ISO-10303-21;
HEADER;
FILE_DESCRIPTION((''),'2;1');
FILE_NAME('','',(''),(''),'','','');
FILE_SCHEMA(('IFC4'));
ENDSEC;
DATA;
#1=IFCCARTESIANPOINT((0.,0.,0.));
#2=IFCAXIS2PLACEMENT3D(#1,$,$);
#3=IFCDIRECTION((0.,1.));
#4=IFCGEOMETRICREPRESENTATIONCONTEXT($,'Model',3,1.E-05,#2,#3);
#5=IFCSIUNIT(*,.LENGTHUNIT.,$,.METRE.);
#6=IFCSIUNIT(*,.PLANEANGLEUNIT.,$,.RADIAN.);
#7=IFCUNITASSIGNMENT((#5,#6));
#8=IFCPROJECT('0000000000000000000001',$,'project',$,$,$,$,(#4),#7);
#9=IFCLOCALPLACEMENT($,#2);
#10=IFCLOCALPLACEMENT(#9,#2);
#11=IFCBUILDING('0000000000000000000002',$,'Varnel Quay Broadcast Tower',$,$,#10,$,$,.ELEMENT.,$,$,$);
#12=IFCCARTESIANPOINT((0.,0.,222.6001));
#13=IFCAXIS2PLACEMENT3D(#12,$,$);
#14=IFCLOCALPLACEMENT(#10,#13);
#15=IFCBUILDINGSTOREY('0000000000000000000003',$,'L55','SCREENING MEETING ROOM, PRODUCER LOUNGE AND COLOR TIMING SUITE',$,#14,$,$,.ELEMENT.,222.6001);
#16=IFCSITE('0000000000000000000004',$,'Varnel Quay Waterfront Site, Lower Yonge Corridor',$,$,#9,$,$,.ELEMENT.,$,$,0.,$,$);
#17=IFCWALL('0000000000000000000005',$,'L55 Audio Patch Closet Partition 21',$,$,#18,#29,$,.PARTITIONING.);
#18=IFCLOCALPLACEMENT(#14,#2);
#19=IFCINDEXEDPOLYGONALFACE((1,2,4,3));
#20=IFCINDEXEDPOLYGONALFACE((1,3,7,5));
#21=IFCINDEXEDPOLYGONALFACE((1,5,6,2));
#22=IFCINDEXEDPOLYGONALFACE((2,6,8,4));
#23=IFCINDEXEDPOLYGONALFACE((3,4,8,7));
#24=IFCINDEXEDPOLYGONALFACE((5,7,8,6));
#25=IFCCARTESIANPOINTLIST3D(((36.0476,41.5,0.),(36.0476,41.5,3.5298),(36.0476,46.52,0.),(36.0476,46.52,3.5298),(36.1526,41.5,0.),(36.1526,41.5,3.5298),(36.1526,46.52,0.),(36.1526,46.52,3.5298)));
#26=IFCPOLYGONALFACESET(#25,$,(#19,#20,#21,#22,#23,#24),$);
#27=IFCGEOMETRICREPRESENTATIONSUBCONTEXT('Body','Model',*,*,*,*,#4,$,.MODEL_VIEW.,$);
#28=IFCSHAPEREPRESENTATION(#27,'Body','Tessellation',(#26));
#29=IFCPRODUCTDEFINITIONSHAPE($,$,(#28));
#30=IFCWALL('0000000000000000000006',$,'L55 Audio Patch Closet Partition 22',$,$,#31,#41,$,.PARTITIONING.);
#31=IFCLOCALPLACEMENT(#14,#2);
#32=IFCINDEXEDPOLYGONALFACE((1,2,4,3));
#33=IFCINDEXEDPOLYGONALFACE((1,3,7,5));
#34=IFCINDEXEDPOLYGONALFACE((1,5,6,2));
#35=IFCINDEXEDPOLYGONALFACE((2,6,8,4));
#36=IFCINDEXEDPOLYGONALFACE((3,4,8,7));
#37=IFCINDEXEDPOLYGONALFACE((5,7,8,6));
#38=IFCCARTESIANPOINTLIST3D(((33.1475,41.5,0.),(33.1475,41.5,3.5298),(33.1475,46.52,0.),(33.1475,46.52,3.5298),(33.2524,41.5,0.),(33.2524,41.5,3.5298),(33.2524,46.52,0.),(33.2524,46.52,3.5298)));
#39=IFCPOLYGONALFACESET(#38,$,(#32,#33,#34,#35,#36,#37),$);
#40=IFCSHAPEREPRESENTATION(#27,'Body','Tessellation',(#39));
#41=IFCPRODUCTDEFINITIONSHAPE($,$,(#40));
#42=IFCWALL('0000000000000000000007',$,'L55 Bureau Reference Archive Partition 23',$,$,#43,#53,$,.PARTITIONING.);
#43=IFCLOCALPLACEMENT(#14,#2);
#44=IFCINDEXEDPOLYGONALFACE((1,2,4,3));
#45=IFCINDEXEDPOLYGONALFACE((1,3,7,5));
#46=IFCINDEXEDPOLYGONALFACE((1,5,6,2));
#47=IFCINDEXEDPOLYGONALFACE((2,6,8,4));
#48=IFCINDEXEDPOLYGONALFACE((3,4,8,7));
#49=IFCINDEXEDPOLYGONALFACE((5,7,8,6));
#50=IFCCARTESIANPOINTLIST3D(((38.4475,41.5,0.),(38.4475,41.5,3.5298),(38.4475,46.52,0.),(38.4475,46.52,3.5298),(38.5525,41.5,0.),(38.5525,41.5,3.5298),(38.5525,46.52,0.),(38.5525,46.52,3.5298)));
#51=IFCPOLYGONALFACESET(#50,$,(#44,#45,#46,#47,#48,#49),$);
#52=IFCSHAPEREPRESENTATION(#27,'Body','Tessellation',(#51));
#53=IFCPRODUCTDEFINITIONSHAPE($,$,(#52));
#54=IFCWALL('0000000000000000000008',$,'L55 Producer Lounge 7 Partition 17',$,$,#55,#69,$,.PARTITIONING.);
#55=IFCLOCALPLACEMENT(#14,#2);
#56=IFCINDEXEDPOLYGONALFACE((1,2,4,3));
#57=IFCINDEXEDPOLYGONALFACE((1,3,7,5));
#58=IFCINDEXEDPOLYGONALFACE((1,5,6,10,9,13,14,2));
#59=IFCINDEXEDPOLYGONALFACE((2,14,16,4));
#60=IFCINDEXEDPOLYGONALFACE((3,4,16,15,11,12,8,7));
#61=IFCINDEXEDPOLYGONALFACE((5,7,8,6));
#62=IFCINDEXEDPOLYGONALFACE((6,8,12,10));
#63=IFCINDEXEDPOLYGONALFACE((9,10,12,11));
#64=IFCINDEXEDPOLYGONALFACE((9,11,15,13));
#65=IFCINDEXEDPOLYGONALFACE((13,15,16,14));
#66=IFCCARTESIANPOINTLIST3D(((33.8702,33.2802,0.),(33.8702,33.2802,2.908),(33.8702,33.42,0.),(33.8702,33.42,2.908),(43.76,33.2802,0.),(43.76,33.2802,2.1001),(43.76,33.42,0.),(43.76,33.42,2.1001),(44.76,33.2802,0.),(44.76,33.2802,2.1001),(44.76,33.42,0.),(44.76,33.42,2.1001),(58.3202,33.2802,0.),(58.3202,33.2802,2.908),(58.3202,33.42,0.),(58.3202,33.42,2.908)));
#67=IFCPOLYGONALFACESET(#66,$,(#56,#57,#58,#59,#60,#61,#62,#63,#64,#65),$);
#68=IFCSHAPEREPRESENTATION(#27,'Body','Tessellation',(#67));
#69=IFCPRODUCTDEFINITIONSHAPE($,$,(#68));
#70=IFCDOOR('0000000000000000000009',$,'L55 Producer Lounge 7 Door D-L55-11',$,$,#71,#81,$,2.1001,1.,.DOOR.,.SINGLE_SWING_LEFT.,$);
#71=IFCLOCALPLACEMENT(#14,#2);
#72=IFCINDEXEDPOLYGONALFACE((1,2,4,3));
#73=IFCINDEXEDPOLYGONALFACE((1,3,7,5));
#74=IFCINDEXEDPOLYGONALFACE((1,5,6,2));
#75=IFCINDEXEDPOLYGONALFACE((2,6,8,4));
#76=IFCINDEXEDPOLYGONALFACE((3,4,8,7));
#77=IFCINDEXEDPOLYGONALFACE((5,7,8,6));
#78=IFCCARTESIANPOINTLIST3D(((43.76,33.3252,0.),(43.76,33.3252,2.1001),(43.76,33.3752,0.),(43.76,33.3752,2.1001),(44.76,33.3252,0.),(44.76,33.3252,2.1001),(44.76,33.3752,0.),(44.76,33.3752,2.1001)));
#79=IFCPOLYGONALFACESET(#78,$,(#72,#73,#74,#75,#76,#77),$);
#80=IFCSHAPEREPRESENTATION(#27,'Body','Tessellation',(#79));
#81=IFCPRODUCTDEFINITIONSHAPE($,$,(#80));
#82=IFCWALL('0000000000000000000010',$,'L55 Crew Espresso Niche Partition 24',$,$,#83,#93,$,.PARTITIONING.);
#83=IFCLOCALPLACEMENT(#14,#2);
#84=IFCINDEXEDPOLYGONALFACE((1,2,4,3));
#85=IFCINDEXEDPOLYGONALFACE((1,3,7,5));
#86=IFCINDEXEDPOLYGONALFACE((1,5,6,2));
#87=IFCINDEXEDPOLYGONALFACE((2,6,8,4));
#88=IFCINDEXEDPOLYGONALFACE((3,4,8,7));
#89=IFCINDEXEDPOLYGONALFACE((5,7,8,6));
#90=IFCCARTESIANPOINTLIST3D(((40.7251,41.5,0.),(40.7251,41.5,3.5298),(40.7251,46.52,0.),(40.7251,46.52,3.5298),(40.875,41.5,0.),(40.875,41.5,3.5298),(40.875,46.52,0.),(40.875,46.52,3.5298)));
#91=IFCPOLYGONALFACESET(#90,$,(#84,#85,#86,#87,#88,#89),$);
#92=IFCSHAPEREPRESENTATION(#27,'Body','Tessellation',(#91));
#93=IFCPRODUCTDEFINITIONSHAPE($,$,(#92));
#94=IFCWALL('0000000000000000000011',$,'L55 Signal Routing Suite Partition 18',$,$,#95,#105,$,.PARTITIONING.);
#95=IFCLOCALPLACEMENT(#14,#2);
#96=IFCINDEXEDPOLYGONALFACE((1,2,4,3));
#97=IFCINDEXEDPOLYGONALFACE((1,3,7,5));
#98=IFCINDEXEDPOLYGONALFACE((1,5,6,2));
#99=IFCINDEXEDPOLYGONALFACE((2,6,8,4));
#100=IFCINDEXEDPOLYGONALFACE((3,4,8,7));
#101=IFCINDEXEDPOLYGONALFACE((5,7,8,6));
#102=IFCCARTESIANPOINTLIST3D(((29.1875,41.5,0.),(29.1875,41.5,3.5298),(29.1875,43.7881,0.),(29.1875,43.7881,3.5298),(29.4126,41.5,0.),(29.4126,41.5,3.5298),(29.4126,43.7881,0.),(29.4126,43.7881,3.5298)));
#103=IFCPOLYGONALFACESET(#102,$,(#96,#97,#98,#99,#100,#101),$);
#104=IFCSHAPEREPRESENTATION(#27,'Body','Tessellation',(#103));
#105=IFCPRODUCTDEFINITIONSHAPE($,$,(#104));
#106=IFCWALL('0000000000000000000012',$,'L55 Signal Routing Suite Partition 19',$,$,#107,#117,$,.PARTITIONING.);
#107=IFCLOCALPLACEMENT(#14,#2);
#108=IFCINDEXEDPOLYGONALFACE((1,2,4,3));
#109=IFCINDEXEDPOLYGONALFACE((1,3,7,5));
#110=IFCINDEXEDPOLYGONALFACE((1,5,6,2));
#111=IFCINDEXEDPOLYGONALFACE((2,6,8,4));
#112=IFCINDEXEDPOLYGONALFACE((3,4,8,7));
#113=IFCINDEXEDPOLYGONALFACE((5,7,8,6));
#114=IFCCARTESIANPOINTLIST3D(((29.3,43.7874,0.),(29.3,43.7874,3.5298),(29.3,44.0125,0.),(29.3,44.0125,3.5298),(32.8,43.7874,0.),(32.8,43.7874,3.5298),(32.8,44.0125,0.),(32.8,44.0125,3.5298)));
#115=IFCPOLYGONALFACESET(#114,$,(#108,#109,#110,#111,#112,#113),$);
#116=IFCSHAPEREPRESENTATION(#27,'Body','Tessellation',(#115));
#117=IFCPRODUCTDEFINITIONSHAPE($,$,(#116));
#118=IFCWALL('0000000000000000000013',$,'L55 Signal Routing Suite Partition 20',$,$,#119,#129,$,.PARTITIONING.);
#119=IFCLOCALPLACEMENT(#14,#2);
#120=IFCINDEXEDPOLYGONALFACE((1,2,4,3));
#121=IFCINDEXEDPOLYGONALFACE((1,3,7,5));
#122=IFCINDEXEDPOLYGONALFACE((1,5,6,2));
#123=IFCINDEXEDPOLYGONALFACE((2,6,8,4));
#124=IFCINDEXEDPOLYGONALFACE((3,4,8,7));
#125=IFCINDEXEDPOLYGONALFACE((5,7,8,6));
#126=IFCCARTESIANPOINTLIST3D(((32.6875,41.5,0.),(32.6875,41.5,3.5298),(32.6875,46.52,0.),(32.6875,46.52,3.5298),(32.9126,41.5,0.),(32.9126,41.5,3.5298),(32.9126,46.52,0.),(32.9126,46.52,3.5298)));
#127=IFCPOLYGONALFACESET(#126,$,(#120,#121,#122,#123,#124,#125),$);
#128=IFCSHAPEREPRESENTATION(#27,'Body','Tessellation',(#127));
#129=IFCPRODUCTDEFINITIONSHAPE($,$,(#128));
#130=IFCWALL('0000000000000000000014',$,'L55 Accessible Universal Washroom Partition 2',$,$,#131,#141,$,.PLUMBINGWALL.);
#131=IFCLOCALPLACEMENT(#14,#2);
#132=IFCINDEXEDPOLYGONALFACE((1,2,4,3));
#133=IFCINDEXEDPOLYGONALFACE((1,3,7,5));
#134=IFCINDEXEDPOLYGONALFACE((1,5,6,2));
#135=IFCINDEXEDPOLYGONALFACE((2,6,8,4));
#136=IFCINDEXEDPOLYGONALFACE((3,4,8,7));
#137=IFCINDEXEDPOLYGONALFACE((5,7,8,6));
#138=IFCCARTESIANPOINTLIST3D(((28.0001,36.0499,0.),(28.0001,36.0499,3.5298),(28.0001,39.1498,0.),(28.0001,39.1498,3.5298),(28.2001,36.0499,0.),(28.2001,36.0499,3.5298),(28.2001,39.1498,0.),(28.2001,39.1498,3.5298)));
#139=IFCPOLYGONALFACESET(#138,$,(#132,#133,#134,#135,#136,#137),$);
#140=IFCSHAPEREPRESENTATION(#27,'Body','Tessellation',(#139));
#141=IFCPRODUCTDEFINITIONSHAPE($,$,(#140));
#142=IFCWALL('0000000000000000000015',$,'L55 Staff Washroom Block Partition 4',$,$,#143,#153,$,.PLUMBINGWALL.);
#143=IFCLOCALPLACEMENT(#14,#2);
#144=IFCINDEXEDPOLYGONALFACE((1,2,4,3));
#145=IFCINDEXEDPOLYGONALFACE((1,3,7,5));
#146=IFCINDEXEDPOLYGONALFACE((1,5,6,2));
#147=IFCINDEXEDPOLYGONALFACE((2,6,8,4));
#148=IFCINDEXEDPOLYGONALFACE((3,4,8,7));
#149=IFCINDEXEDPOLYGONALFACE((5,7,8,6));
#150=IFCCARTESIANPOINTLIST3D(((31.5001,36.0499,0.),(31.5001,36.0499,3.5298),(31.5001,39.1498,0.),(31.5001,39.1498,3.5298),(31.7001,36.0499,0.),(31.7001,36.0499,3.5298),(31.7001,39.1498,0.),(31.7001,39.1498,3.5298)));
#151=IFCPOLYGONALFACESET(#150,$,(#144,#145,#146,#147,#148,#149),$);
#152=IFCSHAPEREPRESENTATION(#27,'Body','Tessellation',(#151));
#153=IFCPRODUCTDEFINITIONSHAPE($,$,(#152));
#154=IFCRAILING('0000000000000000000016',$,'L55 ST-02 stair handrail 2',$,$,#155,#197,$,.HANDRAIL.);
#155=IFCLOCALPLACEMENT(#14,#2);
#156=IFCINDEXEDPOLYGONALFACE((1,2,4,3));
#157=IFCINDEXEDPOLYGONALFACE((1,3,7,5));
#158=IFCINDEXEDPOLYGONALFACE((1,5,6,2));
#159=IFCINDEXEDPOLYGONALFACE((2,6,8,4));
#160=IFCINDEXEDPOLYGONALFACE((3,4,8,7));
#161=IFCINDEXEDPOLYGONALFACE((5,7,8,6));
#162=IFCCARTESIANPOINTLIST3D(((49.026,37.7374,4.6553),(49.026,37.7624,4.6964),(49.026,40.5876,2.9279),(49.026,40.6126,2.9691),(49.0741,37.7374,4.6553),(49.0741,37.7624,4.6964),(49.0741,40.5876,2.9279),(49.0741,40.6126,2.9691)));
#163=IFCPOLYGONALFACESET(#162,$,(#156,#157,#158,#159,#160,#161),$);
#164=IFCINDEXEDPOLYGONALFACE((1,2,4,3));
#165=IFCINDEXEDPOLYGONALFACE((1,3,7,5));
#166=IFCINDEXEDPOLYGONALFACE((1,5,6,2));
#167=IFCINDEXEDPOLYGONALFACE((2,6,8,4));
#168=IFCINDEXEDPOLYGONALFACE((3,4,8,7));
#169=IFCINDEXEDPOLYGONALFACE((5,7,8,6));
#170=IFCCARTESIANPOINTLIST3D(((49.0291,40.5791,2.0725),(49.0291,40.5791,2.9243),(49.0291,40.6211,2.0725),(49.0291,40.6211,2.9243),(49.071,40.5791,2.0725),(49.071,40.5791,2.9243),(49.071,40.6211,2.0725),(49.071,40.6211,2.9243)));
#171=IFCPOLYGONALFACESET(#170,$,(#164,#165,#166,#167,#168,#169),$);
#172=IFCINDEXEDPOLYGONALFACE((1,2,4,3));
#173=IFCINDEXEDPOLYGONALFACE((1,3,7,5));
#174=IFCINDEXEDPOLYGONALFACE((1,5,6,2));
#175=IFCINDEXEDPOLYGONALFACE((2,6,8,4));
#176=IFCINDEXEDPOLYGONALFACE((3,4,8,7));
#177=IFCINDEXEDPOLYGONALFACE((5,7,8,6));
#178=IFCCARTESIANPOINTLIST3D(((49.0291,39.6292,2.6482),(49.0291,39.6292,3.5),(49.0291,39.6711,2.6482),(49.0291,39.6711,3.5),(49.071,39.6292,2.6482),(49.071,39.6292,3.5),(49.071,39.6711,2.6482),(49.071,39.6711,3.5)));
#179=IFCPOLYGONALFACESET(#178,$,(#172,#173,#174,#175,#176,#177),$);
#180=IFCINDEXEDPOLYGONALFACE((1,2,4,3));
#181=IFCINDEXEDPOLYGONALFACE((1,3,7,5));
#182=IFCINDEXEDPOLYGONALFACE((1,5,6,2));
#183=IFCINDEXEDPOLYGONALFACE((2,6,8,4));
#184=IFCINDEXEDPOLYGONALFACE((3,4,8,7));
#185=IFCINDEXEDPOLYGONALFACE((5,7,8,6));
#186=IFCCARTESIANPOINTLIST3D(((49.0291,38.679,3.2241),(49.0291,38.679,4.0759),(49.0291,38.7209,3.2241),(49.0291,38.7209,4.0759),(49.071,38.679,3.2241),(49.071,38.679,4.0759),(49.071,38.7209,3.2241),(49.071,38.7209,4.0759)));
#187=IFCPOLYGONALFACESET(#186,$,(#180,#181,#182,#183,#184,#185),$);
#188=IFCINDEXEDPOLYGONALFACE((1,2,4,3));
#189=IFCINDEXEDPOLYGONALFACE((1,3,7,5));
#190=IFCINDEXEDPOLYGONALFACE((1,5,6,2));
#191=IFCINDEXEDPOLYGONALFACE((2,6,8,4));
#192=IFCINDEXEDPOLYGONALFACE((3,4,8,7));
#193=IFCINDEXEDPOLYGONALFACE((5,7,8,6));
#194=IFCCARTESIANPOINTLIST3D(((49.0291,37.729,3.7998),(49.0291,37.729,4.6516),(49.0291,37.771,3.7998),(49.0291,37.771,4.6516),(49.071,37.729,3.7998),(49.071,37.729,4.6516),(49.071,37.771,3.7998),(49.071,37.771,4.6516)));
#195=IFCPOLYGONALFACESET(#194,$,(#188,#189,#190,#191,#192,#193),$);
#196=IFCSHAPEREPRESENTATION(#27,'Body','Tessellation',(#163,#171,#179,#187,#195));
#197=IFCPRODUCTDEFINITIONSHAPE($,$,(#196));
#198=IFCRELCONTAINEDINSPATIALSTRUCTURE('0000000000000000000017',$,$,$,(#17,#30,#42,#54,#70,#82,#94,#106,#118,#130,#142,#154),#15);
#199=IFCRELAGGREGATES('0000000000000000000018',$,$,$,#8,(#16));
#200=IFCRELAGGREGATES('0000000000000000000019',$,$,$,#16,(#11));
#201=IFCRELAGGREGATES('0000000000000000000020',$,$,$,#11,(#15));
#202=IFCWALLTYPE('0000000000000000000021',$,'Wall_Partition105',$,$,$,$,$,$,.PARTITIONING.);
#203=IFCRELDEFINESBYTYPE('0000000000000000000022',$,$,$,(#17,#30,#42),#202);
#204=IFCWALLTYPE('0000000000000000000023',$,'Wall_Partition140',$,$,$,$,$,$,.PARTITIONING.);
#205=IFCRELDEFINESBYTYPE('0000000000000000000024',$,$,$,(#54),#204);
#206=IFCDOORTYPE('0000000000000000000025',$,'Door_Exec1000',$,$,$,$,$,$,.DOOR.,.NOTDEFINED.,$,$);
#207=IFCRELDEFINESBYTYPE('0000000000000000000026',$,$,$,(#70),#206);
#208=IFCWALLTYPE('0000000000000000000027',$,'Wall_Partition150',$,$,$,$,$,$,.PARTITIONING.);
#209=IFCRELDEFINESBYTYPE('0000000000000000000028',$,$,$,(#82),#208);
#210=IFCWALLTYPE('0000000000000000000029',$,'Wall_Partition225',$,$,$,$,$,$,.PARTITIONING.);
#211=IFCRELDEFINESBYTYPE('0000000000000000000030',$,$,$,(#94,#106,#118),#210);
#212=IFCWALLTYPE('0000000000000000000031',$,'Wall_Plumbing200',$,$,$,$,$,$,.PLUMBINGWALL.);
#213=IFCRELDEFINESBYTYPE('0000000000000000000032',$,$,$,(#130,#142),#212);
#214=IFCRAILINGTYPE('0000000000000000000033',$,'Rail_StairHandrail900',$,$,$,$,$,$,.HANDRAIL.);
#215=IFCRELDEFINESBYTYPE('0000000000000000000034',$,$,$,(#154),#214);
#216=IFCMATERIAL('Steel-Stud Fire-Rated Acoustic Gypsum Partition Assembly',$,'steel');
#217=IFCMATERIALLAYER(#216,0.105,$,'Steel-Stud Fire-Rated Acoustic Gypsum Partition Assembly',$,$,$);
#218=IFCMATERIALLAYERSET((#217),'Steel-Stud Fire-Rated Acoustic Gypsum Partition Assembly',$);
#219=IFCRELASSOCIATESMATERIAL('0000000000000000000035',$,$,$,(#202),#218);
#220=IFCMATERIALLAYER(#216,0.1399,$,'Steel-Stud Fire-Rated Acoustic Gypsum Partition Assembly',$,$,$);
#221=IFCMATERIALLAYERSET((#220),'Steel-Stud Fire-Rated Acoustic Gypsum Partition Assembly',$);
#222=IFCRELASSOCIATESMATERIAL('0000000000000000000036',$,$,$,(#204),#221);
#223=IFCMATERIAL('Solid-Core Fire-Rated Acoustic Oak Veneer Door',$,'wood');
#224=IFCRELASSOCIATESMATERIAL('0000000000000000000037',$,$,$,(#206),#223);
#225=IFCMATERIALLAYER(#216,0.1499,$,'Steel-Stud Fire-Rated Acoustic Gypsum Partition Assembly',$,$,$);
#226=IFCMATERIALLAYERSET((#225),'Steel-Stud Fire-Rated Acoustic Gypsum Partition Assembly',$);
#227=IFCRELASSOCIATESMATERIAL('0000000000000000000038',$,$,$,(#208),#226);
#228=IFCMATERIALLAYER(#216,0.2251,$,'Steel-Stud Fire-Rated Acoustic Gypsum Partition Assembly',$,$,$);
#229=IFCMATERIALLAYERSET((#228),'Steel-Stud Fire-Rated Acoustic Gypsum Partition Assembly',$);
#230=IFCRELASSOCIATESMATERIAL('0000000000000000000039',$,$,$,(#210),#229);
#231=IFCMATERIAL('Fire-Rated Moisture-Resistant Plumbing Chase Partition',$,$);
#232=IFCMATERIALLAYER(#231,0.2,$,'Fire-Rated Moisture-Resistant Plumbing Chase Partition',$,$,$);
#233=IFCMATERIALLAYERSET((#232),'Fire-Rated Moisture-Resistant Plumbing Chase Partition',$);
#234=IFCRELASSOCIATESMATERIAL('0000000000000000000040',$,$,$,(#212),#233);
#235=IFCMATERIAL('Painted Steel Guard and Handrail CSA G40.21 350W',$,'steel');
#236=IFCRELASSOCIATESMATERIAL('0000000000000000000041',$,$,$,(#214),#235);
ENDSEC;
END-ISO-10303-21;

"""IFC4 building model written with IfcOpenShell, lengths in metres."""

from ifc_helpers import new_model, si_unit, direction, frame, frame_2d, origin, origin_2d, place, context, subcontext, project, spatial, rectangle, extrude, source, transform, mapped, material, layer, layer_set, type_object, type_shapes, element, fill, save


model = new_model("IFC4")

# Units and contexts
model_context = context("Model", 3, precision=1e-05, world=origin(), true_north=direction((0.0, 1.0)))
body_context = subcontext(model_context, "Body", "Model", "MODEL_VIEW")
ifc_project = project(units=[si_unit("LENGTHUNIT", "METRE"), si_unit("PLANEANGLEUNIT", "RADIAN")], contexts=[model_context])

# Site, building, storey
site_placement = place(None, origin())
site = spatial("IfcSite", under=ifc_project, at=site_placement, Name="Varnel Quay Waterfront Site, Lower Yonge Corridor", CompositionType="ELEMENT", RefElevation=0.0)
building_placement = place(site_placement, origin())
building = spatial("IfcBuilding", under=site, at=building_placement, Name="Varnel Quay Broadcast Tower", CompositionType="ELEMENT")
storey_placement = place(building_placement, frame((0.0, 0.0, 222.6001)))
storey = spatial("IfcBuildingStorey", under=building, at=storey_placement, Name="L55", Description="SCREENING MEETING ROOM, PRODUCER LOUNGE AND COLOR TIMING SUITE", CompositionType="ELEMENT", Elevation=222.6001)

# Walls
ifc_material_1 = material(Name="Steel-Stud Fire-Rated Acoustic Gypsum Partition Assembly", Category="steel")
ifc_layer_1 = layer(ifc_material_1, 0.105, Name="Steel-Stud Fire-Rated Acoustic Gypsum Partition Assembly")
ifc_layer_set_1 = layer_set([ifc_layer_1], Name="Steel-Stud Fire-Rated Acoustic Gypsum Partition Assembly")
wall_type_1 = type_object("IfcWallType", Name="Wall_Partition105", PredefinedType="PARTITIONING", material=ifc_layer_set_1)
for number, where, z_axis, x_axis, name in (
    (1, (36.1001, 41.5, 0.0), (0.0, 0.0, 1.0), (0.0, 1.0, 0.0), "L55 Audio Patch Closet Partition 21"),
    (2, (33.2, 41.5, 0.0), (0.0, 0.0, 1.0), (0.0, 1.0, 0.0), "L55 Audio Patch Closet Partition 22"),
    (3, (38.5, 41.5, 0.0), (0.0, 0.0, 1.0), (0.0, 1.0, 0.0), "L55 Bureau Reference Archive Partition 23"),
):
    element("IfcWall", number, at=place(storey_placement, frame(where, z_axis=z_axis, x_axis=x_axis)), inside=storey, type_object=wall_type_1, Name=name, PredefinedType="PARTITIONING", context=body_context, shape_type="SweptSolid", body=[
        extrude(rectangle(XDim=5.02, YDim=0.105, at=frame_2d((2.51, 0.0))), origin(), (0.0, 0.0, 1.0), 3.5298),
    ])

# Wall, opening, door
ifc_layer_2 = layer(ifc_material_1, 0.1399, Name="Steel-Stud Fire-Rated Acoustic Gypsum Partition Assembly")
ifc_layer_set_2 = layer_set([ifc_layer_2], Name="Steel-Stud Fire-Rated Acoustic Gypsum Partition Assembly")
wall_type_2 = type_object("IfcWallType", Name="Wall_Partition140", PredefinedType="PARTITIONING", material=ifc_layer_set_2)
wall_1_placement = place(storey_placement, frame((33.8701, 33.3501, 0.0), z_axis=(0.0, 0.0, 1.0), x_axis=(1.0, 0.0, 0.0)))
wall_1 = element("IfcWall", 4, at=wall_1_placement, inside=storey, type_object=wall_type_2, Name="L55 Producer Lounge 7 Partition 17", PredefinedType="PARTITIONING", context=body_context, shape_type="SweptSolid", body=[
    extrude(rectangle(XDim=24.45, YDim=0.1399, at=frame_2d((12.2251, 0.0))), origin(), (0.0, 0.0, 1.0), 2.908),
])
opening_1_placement = place(wall_1_placement, frame((9.8899, 0.0, 0.0)))
opening_1 = element("IfcOpeningElement", 5, at=opening_1_placement, cuts=wall_1, PredefinedType="OPENING", context=body_context, shape_type="SweptSolid", body=[
    extrude(rectangle(XDim=1.0, YDim=2.1001, at=frame_2d((0.5, 1.05))), frame((0.0, 0.0801, 0.0), z_axis=(0.0, -1.0, 0.0), x_axis=(1.0, 0.0, 0.0)), (0.0, 0.0, 1.0), 0.1599),
])
ifc_material_2 = material(Name="Solid-Core Fire-Rated Acoustic Oak Veneer Door", Category="wood")
door_type_1 = type_object("IfcDoorType", Name="Door_Exec1000", OperationType="NOTDEFINED", PredefinedType="DOOR", material=ifc_material_2)
shared_shape_1 = source(origin(), body_context, "Body", "SweptSolid", [
    extrude(rectangle(XDim=1.0, YDim=2.1001, at=frame_2d((0.5, 1.05))), frame((0.0, 0.0249, 0.0), z_axis=(0.0, -1.0, 0.0), x_axis=(1.0, 0.0, 0.0)), (0.0, 0.0, 1.0), 0.05),
])
type_shapes(door_type_1, [shared_shape_1])
door_1_placement = place(opening_1_placement, frame((1.0, 0.0, 0.0), z_axis=(0.0, 0.0, 1.0), x_axis=(-1.0, 0.0, 0.0)))
door_1 = element("IfcDoor", 6, at=door_1_placement, inside=storey, type_object=door_type_1, Name="L55 Producer Lounge 7 Door D-L55-11", OperationType="SINGLE_SWING_LEFT", OverallHeight=2.1001, OverallWidth=1.0, PredefinedType="DOOR", context=body_context, shape_type="MappedRepresentation", body=[
    mapped(shared_shape_1, transform((0.0, 0.0, 0.0), x_axis=(1.0, 0.0, 0.0), y_axis=(0.0, 1.0, 0.0), z_axis=(0.0, 0.0, 1.0), scale=1.0)),
])
fill(opening_1, door_1)

# Walls
ifc_layer_3 = layer(ifc_material_1, 0.1499, Name="Steel-Stud Fire-Rated Acoustic Gypsum Partition Assembly")
ifc_layer_set_3 = layer_set([ifc_layer_3], Name="Steel-Stud Fire-Rated Acoustic Gypsum Partition Assembly")
wall_type_3 = type_object("IfcWallType", Name="Wall_Partition150", PredefinedType="PARTITIONING", material=ifc_layer_set_3)
wall_2_placement = place(storey_placement, frame((40.8, 41.5, 0.0), z_axis=(0.0, 0.0, 1.0), x_axis=(0.0, 1.0, 0.0)))
element("IfcWall", 7, at=wall_2_placement, inside=storey, type_object=wall_type_3, Name="L55 Crew Espresso Niche Partition 24", PredefinedType="PARTITIONING", context=body_context, shape_type="SweptSolid", body=[
    extrude(rectangle(XDim=5.02, YDim=0.1499, at=frame_2d((2.51, 0.0))), origin(), (0.0, 0.0, 1.0), 3.5298),
])
ifc_layer_4 = layer(ifc_material_1, 0.2251, Name="Steel-Stud Fire-Rated Acoustic Gypsum Partition Assembly")
ifc_layer_set_4 = layer_set([ifc_layer_4], Name="Steel-Stud Fire-Rated Acoustic Gypsum Partition Assembly")
wall_type_4 = type_object("IfcWallType", Name="Wall_Partition225", PredefinedType="PARTITIONING", material=ifc_layer_set_4)
wall_3_placement = place(storey_placement, frame((29.3, 41.5, 0.0), z_axis=(0.0, 0.0, 1.0), x_axis=(0.0, 1.0, 0.0)))
element("IfcWall", 8, at=wall_3_placement, inside=storey, type_object=wall_type_4, Name="L55 Signal Routing Suite Partition 18", PredefinedType="PARTITIONING", context=body_context, shape_type="SweptSolid", body=[
    extrude(rectangle(XDim=2.2881, YDim=0.2251, at=frame_2d((1.144, 0.0))), origin(), (0.0, 0.0, 1.0), 3.5298),
])
wall_4_placement = place(storey_placement, frame((29.3, 43.8999, 0.0), z_axis=(0.0, 0.0, 1.0), x_axis=(1.0, 0.0, 0.0)))
element("IfcWall", 9, at=wall_4_placement, inside=storey, type_object=wall_type_4, Name="L55 Signal Routing Suite Partition 19", PredefinedType="PARTITIONING", context=body_context, shape_type="SweptSolid", body=[
    extrude(rectangle(XDim=3.5, YDim=0.2251, at=frame_2d((1.75, 0.0))), origin(), (0.0, 0.0, 1.0), 3.5298),
])
wall_5_placement = place(storey_placement, frame((32.8, 41.5, 0.0), z_axis=(0.0, 0.0, 1.0), x_axis=(0.0, 1.0, 0.0)))
element("IfcWall", 10, at=wall_5_placement, inside=storey, type_object=wall_type_4, Name="L55 Signal Routing Suite Partition 20", PredefinedType="PARTITIONING", context=body_context, shape_type="SweptSolid", body=[
    extrude(rectangle(XDim=5.02, YDim=0.2251, at=frame_2d((2.51, 0.0))), origin(), (0.0, 0.0, 1.0), 3.5298),
])
ifc_material_3 = material(Name="Fire-Rated Moisture-Resistant Plumbing Chase Partition")
ifc_layer_5 = layer(ifc_material_3, 0.2, Name="Fire-Rated Moisture-Resistant Plumbing Chase Partition")
ifc_layer_set_5 = layer_set([ifc_layer_5], Name="Fire-Rated Moisture-Resistant Plumbing Chase Partition")
wall_type_5 = type_object("IfcWallType", Name="Wall_Plumbing200", PredefinedType="PLUMBINGWALL", material=ifc_layer_set_5)
for number, where, z_axis, x_axis, name in (
    (11, (28.1001, 36.05, 0.0), (0.0, 0.0, 1.0), (0.0, 1.0, 0.0), "L55 Accessible Universal Washroom Partition 2"),
    (12, (31.6001, 36.05, 0.0), (0.0, 0.0, 1.0), (0.0, 1.0, 0.0), "L55 Staff Washroom Block Partition 4"),
):
    element("IfcWall", number, at=place(storey_placement, frame(where, z_axis=z_axis, x_axis=x_axis)), inside=storey, type_object=wall_type_5, Name=name, PredefinedType="PLUMBINGWALL", context=body_context, shape_type="SweptSolid", body=[
        extrude(rectangle(XDim=3.0999, YDim=0.2, at=frame_2d((1.5498, 0.0))), origin(), (0.0, 0.0, 1.0), 3.5298),
    ])

# Railing
ifc_material_4 = material(Name="Painted Steel Guard and Handrail CSA G40.21 350W", Category="steel")
railing_type = type_object("IfcRailingType", Name="Rail_StairHandrail900", PredefinedType="HANDRAIL", material=ifc_material_4)
railing_placement = place(storey_placement, frame((49.05, 40.6001, 2.0725)))
element("IfcRailing", 13, at=railing_placement, inside=storey, type_object=railing_type, Name="L55 ST-02 stair handrail 2", PredefinedType="HANDRAIL", context=body_context, shape_type="SweptSolid", body=[
    extrude(rectangle(XDim=0.0481, YDim=0.0481, at=origin_2d()), frame((0.0, 0.0, 0.876), z_axis=(0.0, -0.855203, 0.518294), x_axis=(1.0, 0.0, 0.0)), (0.0, 0.0, 1.0), 3.3328),
    extrude(rectangle(XDim=0.042, YDim=0.042, at=origin_2d()), origin(), (0.0, 0.0, 1.0), 0.8518),
    extrude(rectangle(XDim=0.042, YDim=0.042, at=origin_2d()), frame((0.0, -0.95, 0.5757)), (0.0, 0.0, 1.0), 0.8518),
    extrude(rectangle(XDim=0.042, YDim=0.042, at=origin_2d()), frame((0.0, -1.9001, 1.1516)), (0.0, 0.0, 1.0), 0.8518),
    extrude(rectangle(XDim=0.042, YDim=0.042, at=origin_2d()), frame((0.0, -2.8501, 1.7273)), (0.0, 0.0, 1.0), 0.8518),
])

save(model, "model.ifc")
